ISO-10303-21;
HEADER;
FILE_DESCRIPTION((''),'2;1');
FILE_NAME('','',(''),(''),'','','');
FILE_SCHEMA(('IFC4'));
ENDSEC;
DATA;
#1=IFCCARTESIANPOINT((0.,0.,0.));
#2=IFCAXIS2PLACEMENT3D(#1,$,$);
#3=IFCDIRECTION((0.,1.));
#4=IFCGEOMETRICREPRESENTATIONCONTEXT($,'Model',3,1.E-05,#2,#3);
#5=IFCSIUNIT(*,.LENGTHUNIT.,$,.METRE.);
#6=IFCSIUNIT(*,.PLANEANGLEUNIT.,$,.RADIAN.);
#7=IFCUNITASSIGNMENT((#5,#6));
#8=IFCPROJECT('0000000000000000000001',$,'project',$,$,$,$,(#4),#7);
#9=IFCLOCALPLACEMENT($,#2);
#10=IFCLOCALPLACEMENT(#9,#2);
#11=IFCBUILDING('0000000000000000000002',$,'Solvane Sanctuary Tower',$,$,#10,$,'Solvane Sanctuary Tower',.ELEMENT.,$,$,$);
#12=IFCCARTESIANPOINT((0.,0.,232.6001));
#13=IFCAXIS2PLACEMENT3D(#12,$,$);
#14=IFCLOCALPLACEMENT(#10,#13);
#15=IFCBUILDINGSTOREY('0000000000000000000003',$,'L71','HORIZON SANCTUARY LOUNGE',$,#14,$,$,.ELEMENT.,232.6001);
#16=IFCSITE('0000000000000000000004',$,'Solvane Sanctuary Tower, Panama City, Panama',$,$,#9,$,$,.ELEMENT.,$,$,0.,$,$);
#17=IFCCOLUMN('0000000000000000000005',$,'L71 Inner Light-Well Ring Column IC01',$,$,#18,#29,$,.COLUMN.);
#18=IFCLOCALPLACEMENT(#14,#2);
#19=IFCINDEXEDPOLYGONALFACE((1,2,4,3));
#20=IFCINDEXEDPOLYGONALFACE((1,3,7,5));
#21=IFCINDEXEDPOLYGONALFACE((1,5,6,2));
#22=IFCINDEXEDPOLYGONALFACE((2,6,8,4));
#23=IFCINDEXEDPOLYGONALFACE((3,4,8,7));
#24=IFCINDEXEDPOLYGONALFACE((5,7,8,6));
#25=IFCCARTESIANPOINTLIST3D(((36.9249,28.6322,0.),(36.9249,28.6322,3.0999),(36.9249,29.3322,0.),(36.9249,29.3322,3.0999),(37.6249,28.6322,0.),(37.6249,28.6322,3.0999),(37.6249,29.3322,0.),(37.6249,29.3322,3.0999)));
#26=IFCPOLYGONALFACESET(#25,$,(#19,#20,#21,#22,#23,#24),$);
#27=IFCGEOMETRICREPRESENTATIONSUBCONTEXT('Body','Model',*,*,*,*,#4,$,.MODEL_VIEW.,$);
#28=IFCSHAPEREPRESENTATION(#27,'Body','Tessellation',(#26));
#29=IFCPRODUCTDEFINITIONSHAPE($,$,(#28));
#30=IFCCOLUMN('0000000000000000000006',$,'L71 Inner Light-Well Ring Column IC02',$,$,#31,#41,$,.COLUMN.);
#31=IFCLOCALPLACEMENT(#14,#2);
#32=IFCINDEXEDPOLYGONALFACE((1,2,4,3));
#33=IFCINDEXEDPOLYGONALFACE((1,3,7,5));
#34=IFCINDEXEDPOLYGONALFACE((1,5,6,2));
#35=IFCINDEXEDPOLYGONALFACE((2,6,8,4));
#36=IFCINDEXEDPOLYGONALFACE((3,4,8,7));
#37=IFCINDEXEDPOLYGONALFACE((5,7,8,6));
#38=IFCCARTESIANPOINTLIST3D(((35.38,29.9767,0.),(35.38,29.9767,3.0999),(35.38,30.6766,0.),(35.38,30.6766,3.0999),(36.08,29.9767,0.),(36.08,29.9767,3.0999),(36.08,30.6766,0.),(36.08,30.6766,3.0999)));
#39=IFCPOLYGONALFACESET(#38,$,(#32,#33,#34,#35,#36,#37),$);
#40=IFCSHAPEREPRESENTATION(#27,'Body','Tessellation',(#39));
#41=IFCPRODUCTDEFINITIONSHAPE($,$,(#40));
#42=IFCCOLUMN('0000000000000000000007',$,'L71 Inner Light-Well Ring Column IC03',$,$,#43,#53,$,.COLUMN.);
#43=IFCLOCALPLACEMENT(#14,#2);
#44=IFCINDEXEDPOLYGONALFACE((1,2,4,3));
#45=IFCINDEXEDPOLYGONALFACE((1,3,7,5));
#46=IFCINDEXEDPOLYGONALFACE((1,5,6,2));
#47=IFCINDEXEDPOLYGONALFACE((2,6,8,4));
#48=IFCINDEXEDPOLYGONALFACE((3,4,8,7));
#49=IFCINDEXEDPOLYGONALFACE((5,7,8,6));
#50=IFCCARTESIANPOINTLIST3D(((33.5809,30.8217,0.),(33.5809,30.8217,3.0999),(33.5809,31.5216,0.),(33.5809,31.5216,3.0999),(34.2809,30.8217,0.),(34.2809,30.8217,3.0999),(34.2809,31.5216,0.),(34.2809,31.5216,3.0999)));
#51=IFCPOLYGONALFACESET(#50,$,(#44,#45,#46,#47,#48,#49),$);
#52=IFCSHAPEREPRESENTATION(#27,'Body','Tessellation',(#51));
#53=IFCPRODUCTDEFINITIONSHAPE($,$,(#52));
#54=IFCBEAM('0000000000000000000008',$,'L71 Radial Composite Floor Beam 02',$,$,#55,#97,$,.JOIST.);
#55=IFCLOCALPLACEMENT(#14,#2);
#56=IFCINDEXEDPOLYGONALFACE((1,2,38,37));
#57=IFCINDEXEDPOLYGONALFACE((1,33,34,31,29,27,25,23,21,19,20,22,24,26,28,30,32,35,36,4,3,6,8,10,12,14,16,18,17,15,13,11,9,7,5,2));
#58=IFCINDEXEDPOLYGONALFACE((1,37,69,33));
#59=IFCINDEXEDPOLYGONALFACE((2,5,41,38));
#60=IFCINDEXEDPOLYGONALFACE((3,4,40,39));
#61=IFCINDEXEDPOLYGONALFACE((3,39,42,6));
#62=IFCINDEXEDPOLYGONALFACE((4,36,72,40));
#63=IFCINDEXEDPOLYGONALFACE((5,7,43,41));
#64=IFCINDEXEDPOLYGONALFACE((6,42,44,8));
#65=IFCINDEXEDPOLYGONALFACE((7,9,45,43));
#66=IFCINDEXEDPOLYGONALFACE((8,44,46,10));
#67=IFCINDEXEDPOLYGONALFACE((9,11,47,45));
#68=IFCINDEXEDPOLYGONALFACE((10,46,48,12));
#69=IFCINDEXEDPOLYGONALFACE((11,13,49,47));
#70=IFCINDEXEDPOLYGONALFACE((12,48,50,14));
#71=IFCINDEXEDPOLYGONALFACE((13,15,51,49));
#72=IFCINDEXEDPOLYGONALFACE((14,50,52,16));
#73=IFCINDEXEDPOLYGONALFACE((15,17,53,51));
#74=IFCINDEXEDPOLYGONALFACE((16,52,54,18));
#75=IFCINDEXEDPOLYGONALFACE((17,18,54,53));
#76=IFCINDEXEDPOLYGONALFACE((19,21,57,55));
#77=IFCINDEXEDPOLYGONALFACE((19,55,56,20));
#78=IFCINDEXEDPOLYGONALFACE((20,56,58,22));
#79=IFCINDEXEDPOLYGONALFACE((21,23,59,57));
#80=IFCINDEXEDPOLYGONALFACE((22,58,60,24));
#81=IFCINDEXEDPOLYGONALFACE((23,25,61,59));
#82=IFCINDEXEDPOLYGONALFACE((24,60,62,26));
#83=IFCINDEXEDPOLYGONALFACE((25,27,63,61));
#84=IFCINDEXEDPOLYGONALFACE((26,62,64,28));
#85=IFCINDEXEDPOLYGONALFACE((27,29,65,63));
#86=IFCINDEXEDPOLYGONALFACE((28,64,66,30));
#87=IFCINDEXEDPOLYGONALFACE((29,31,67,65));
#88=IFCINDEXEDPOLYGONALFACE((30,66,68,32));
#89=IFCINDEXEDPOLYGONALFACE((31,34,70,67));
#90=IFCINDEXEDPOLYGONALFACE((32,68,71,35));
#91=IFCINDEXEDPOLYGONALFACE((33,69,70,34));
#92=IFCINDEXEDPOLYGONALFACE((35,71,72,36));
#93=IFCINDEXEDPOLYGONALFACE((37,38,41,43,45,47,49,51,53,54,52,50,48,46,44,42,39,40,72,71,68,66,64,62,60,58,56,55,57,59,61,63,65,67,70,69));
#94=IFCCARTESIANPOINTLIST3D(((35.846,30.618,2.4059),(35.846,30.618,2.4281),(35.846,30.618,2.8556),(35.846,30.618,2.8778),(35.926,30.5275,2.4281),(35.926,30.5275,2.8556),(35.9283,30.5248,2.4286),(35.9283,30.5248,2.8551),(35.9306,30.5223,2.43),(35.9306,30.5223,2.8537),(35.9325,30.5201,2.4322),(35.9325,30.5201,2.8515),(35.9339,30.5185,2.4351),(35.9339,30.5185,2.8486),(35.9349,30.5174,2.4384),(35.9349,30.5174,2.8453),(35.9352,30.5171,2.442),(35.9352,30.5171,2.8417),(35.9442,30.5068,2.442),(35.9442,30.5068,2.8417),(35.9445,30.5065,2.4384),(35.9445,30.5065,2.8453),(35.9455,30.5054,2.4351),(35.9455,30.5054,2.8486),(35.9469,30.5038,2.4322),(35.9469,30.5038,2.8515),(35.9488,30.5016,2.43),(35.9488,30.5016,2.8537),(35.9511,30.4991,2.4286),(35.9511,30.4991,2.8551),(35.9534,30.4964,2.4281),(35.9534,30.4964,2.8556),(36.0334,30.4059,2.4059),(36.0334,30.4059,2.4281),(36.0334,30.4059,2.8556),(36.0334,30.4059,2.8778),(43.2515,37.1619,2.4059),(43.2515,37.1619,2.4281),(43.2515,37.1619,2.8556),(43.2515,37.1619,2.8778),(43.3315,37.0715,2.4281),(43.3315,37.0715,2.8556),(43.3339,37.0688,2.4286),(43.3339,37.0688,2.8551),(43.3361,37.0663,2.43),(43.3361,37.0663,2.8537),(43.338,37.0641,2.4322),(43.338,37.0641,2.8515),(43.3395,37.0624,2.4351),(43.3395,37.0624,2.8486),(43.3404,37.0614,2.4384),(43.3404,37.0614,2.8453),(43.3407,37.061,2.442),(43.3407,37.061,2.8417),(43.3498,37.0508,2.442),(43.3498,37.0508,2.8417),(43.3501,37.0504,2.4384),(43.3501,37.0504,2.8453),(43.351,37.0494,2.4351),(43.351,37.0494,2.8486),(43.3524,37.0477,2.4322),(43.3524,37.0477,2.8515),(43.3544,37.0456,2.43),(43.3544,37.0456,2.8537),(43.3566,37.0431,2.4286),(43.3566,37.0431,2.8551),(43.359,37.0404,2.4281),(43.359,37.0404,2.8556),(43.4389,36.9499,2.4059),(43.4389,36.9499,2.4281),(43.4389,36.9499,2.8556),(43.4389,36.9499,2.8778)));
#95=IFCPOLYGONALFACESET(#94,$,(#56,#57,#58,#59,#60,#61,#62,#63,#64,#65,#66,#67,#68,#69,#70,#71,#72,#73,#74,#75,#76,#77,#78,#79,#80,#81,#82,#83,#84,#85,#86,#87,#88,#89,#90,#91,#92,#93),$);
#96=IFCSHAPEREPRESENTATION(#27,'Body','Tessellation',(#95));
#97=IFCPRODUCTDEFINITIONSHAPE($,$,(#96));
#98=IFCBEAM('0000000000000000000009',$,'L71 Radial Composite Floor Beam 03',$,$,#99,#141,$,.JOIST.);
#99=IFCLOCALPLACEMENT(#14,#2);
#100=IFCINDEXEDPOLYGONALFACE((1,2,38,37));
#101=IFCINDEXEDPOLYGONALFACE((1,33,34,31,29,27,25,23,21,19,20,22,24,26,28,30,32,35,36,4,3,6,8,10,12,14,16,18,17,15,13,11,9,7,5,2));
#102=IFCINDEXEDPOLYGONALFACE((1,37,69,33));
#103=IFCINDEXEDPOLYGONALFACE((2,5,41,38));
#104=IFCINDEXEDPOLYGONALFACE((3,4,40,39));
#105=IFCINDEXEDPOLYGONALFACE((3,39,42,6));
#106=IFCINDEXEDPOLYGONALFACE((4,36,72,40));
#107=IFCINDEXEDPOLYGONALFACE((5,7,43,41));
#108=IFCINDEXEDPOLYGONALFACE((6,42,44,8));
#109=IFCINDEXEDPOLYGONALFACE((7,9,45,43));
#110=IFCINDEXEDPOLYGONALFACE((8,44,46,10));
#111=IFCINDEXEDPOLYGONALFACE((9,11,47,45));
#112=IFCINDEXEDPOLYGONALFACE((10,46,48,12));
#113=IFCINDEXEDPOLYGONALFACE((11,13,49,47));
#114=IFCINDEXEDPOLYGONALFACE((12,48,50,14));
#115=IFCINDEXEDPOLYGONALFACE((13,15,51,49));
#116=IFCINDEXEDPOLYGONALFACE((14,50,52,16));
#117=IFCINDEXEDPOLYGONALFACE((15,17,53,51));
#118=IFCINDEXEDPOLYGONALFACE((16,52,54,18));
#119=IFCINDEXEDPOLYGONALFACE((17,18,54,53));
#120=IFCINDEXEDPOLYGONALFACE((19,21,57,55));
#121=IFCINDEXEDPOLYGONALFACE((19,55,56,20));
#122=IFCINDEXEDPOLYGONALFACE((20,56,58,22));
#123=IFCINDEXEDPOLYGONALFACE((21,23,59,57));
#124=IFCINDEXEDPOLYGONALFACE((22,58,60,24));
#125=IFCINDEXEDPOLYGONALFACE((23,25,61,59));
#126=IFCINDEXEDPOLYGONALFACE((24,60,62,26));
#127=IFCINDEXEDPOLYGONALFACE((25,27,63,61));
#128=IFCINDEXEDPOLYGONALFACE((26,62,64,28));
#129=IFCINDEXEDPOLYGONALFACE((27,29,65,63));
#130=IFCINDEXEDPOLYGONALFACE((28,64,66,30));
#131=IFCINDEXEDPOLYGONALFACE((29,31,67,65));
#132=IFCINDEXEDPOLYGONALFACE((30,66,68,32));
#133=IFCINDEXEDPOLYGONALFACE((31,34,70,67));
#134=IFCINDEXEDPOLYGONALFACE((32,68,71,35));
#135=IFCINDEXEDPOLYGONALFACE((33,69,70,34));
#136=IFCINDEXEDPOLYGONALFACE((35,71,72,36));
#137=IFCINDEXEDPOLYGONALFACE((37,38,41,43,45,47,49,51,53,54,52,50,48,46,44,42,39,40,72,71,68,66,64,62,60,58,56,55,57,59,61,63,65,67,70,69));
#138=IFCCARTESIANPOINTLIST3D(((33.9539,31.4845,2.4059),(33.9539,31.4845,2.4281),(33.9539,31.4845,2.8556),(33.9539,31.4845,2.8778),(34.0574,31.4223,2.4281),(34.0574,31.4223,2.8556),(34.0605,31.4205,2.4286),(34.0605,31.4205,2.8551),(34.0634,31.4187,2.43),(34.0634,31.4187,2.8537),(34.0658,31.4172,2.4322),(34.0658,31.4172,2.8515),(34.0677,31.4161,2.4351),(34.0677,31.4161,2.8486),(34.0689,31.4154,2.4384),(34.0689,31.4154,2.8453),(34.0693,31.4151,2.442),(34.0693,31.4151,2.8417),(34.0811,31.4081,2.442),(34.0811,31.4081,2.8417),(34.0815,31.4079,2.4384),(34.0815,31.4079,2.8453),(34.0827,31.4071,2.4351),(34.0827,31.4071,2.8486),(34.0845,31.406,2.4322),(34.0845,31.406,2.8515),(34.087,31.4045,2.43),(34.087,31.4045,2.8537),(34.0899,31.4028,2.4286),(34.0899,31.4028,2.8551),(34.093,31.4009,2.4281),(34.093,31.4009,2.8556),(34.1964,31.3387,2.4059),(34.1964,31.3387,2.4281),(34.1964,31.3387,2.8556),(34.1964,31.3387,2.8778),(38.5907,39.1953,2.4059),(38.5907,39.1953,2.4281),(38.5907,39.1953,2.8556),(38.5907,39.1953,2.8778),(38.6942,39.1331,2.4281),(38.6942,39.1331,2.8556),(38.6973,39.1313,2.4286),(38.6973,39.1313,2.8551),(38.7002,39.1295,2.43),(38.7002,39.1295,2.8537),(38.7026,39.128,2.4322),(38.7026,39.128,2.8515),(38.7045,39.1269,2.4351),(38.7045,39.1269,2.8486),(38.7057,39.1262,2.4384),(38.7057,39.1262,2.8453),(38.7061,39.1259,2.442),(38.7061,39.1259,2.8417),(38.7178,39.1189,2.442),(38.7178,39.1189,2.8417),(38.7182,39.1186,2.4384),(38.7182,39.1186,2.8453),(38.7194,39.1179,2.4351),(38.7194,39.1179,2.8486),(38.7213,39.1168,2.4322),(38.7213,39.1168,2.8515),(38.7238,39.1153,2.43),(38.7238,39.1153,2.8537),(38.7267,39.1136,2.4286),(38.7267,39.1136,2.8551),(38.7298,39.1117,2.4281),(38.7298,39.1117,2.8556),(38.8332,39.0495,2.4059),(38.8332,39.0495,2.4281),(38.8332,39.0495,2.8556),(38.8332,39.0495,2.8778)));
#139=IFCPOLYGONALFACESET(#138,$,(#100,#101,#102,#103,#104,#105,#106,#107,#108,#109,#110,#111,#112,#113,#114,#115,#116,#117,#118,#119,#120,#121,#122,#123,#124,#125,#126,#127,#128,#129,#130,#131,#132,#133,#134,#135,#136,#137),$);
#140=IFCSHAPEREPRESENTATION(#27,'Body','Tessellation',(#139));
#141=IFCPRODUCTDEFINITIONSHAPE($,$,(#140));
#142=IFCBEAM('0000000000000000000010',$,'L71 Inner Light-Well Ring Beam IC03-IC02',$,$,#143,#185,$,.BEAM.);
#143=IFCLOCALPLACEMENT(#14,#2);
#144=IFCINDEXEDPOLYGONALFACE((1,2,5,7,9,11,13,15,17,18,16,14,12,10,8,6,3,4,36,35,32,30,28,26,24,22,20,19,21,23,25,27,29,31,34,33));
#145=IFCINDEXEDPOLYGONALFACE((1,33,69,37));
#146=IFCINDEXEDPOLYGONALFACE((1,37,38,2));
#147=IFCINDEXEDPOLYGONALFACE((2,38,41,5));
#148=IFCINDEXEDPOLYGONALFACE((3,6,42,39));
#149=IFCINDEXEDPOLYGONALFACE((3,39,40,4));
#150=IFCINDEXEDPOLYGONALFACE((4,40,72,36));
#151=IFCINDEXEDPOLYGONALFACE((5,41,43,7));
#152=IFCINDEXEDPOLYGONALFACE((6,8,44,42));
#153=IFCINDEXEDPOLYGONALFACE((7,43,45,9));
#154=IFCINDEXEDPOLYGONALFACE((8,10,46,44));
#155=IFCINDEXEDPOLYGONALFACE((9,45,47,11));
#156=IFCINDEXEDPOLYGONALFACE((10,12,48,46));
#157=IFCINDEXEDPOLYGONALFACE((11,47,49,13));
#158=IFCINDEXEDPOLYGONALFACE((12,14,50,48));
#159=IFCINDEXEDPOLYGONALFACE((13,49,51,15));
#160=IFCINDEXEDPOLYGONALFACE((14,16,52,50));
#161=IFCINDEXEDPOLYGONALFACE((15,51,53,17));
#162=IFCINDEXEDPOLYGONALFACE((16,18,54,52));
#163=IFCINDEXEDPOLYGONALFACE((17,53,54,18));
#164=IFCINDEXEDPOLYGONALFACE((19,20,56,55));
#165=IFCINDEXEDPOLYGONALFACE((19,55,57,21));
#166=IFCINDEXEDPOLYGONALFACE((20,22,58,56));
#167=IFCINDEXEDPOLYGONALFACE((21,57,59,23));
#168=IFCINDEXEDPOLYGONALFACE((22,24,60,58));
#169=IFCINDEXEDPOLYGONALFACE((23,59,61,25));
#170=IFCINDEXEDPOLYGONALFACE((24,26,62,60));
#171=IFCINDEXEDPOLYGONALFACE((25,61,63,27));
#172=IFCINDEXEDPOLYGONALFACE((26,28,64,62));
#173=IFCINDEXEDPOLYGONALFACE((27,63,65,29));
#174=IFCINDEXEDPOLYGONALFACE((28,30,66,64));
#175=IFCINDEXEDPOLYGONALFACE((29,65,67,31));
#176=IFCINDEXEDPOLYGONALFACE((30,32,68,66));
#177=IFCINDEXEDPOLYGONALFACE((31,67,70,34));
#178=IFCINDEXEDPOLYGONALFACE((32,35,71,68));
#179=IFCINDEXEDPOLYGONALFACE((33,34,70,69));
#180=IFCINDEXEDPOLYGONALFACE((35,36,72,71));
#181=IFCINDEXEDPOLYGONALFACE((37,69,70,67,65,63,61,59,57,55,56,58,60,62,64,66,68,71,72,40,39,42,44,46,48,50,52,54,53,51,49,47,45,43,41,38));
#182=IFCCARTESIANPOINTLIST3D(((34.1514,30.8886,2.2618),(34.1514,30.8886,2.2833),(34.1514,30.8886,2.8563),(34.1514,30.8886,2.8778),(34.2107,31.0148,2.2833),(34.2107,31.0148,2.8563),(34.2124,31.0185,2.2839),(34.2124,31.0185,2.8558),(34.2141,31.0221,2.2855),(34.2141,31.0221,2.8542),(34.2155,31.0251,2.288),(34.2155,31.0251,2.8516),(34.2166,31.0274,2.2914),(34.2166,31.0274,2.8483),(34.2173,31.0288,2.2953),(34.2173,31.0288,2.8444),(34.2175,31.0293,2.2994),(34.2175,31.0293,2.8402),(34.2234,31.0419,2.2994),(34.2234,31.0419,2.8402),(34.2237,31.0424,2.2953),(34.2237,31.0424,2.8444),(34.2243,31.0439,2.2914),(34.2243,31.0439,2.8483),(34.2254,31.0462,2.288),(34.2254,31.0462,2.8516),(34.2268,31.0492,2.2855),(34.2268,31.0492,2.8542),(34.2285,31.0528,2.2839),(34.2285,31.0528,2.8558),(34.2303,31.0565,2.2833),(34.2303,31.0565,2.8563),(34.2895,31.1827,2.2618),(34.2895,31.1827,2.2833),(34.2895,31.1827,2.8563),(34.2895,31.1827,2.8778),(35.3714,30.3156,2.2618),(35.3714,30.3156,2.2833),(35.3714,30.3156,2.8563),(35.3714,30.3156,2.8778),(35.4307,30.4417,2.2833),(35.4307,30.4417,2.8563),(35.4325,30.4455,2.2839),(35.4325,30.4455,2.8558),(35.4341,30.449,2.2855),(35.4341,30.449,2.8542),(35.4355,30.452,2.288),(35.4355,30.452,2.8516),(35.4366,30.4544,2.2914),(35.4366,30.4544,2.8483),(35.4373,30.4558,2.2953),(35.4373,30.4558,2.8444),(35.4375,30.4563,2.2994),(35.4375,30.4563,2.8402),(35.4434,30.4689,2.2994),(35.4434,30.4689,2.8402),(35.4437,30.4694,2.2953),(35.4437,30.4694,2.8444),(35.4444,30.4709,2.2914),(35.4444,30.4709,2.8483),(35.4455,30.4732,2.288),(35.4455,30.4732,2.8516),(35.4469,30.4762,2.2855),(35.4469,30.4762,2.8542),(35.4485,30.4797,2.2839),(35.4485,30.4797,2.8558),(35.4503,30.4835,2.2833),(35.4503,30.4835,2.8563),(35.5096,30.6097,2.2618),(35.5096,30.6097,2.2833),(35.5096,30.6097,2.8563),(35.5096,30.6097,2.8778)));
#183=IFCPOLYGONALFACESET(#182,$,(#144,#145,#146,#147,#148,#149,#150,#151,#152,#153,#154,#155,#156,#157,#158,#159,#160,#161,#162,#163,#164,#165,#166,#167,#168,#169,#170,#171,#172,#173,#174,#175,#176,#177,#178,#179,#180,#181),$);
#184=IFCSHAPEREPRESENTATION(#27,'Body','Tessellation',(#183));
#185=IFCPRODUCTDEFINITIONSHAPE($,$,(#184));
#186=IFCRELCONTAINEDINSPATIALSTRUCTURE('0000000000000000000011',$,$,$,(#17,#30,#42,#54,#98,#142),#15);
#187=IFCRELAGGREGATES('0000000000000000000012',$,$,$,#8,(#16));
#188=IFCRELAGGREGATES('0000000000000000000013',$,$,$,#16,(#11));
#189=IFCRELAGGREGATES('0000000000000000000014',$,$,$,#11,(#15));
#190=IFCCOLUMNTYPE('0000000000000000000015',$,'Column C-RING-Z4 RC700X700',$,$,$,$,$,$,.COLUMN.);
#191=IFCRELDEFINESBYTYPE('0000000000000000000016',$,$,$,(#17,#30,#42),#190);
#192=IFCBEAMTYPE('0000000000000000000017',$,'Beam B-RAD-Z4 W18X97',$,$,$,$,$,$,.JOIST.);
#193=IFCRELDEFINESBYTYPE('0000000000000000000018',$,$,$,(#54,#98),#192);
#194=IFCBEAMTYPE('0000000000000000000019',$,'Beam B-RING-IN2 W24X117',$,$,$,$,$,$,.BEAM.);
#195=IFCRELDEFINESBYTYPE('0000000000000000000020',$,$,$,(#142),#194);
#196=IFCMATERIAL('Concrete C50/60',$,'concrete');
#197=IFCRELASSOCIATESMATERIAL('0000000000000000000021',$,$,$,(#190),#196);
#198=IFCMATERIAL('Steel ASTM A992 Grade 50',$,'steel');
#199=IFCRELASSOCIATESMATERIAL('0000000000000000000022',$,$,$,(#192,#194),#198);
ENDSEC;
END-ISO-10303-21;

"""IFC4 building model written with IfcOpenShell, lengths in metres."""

from ifc_helpers import new_model, si_unit, direction, frame, origin, origin_2d, place, context, subcontext, project, spatial, rectangle, i_section, extrude, material, material_profile, profile_set, type_object, element, save


model = new_model("IFC4")

# Units and contexts
model_context = context("Model", 3, precision=1e-05, world=origin(), true_north=direction((0.0, 1.0)))
body_context = subcontext(model_context, "Body", "Model", "MODEL_VIEW")
ifc_project = project(units=[si_unit("LENGTHUNIT", "METRE"), si_unit("PLANEANGLEUNIT", "RADIAN")], contexts=[model_context])

# Site, building, storey
site_placement = place(None, origin())
site = spatial("IfcSite", under=ifc_project, at=site_placement, Name="Solvane Sanctuary Tower, Panama City, Panama", CompositionType="ELEMENT", RefElevation=0.0)
building_placement = place(site_placement, origin())
building = spatial("IfcBuilding", under=site, at=building_placement, Name="Solvane Sanctuary Tower", LongName="Solvane Sanctuary Tower", CompositionType="ELEMENT")
storey_placement = place(building_placement, frame((0.0, 0.0, 232.6001)))
storey = spatial("IfcBuildingStorey", under=building, at=storey_placement, Name="L71", Description="HORIZON SANCTUARY LOUNGE", CompositionType="ELEMENT", Elevation=232.6001)

# Columns
ifc_material_1 = material(Name="Concrete C50/60", Category="concrete")
ifc_material_profile_1 = material_profile(ifc_material_1, rectangle(XDim=0.7, YDim=0.7, at=origin_2d()), Name="RC700X700")
ifc_profile_set_1 = profile_set([ifc_material_profile_1], Name="Concrete C50/60")
column_type = type_object("IfcColumnType", Name="Column C-RING-Z4 RC700X700", PredefinedType="COLUMN", material=ifc_profile_set_1)
for number, where, z_axis, x_axis, name in (
    (1, (37.2749, 28.9822, 0.0), (0.0, 0.0, 1.0), (1.0, 0.0, 0.0), "L71 Inner Light-Well Ring Column IC01"),
    (2, (35.73, 30.3267, 0.0), (0.0, 0.0, 1.0), (1.0, 0.0, 0.0), "L71 Inner Light-Well Ring Column IC02"),
    (3, (33.9309, 31.1716, 0.0), (0.0, 0.0, 1.0), (1.0, 0.0, 0.0), "L71 Inner Light-Well Ring Column IC03"),
):
    element("IfcColumn", number, at=place(storey_placement, frame(where, z_axis=z_axis, x_axis=x_axis)), inside=storey, type_object=column_type, Name=name, PredefinedType="COLUMN", context=body_context, shape_type="SweptSolid", body=[
        extrude(rectangle(XDim=0.7, YDim=0.7, at=origin_2d()), origin(), (0.0, 0.0, 1.0), 3.0999),
    ])

# Beams
ifc_material_2 = material(Name="Steel ASTM A992 Grade 50", Category="steel")
ifc_material_profile_2 = material_profile(ifc_material_2, i_section(OverallWidth=0.283, OverallDepth=0.4719, WebThickness=0.0137, FlangeThickness=0.0222, FilletRadius=0.0139, at=origin_2d()), Name="W18X97")
ifc_profile_set_2 = profile_set([ifc_material_profile_2], Name="Steel ASTM A992 Grade 50")
beam_type_1 = type_object("IfcBeamType", Name="Beam B-RAD-Z4 W18X97", PredefinedType="JOIST", material=ifc_profile_set_2)
beam_1_placement = place(storey_placement, frame((35.9397, 30.512, 2.6418), z_axis=(0.749352, 0.662171, 0.0), x_axis=(-0.662171, 0.749352, 0.0)))
element("IfcBeam", 4, at=beam_1_placement, inside=storey, type_object=beam_type_1, Name="L71 Radial Composite Floor Beam 02", PredefinedType="JOIST", context=body_context, shape_type="SweptSolid", body=[
    extrude(i_section(OverallWidth=0.283, OverallDepth=0.4719, WebThickness=0.0137, FlangeThickness=0.0222, FilletRadius=0.0139, at=origin_2d()), origin(), (0.0, 0.0, 1.0), 9.8826),
])
beam_2_placement = place(storey_placement, frame((34.0752, 31.4116, 2.6418), z_axis=(0.515337, 0.856987, 0.0), x_axis=(-0.856987, 0.515337, 0.0)))
element("IfcBeam", 5, at=beam_2_placement, inside=storey, type_object=beam_type_1, Name="L71 Radial Composite Floor Beam 03", PredefinedType="JOIST", context=body_context, shape_type="SweptSolid", body=[
    extrude(i_section(OverallWidth=0.283, OverallDepth=0.4719, WebThickness=0.0137, FlangeThickness=0.0222, FilletRadius=0.0139, at=origin_2d()), origin(), (0.0, 0.0, 1.0), 8.9976),
])
ifc_material_profile_3 = material_profile(ifc_material_2, i_section(OverallWidth=0.325, OverallDepth=0.616, WebThickness=0.0139, FlangeThickness=0.0215, FilletRadius=0.0161, at=origin_2d()), Name="W24X117")
ifc_profile_set_3 = profile_set([ifc_material_profile_3], Name="Steel ASTM A992 Grade 50")
beam_type_2 = type_object("IfcBeamType", Name="Beam B-RING-IN2 W24X117", PredefinedType="BEAM", material=ifc_profile_set_3)
beam_3_placement = place(storey_placement, frame((34.2205, 31.0356, 2.5698), z_axis=(0.905135, -0.425125, 0.0), x_axis=(0.425125, 0.905135, 0.0)))
element("IfcBeam", 6, at=beam_3_placement, inside=storey, type_object=beam_type_2, Name="L71 Inner Light-Well Ring Beam IC03-IC02", PredefinedType="BEAM", context=body_context, shape_type="SweptSolid", body=[
    extrude(i_section(OverallWidth=0.325, OverallDepth=0.616, WebThickness=0.0139, FlangeThickness=0.0215, FilletRadius=0.0161, at=origin_2d()), origin(), (0.0, 0.0, 1.0), 1.3479),
])

save(model, "model.ifc")
